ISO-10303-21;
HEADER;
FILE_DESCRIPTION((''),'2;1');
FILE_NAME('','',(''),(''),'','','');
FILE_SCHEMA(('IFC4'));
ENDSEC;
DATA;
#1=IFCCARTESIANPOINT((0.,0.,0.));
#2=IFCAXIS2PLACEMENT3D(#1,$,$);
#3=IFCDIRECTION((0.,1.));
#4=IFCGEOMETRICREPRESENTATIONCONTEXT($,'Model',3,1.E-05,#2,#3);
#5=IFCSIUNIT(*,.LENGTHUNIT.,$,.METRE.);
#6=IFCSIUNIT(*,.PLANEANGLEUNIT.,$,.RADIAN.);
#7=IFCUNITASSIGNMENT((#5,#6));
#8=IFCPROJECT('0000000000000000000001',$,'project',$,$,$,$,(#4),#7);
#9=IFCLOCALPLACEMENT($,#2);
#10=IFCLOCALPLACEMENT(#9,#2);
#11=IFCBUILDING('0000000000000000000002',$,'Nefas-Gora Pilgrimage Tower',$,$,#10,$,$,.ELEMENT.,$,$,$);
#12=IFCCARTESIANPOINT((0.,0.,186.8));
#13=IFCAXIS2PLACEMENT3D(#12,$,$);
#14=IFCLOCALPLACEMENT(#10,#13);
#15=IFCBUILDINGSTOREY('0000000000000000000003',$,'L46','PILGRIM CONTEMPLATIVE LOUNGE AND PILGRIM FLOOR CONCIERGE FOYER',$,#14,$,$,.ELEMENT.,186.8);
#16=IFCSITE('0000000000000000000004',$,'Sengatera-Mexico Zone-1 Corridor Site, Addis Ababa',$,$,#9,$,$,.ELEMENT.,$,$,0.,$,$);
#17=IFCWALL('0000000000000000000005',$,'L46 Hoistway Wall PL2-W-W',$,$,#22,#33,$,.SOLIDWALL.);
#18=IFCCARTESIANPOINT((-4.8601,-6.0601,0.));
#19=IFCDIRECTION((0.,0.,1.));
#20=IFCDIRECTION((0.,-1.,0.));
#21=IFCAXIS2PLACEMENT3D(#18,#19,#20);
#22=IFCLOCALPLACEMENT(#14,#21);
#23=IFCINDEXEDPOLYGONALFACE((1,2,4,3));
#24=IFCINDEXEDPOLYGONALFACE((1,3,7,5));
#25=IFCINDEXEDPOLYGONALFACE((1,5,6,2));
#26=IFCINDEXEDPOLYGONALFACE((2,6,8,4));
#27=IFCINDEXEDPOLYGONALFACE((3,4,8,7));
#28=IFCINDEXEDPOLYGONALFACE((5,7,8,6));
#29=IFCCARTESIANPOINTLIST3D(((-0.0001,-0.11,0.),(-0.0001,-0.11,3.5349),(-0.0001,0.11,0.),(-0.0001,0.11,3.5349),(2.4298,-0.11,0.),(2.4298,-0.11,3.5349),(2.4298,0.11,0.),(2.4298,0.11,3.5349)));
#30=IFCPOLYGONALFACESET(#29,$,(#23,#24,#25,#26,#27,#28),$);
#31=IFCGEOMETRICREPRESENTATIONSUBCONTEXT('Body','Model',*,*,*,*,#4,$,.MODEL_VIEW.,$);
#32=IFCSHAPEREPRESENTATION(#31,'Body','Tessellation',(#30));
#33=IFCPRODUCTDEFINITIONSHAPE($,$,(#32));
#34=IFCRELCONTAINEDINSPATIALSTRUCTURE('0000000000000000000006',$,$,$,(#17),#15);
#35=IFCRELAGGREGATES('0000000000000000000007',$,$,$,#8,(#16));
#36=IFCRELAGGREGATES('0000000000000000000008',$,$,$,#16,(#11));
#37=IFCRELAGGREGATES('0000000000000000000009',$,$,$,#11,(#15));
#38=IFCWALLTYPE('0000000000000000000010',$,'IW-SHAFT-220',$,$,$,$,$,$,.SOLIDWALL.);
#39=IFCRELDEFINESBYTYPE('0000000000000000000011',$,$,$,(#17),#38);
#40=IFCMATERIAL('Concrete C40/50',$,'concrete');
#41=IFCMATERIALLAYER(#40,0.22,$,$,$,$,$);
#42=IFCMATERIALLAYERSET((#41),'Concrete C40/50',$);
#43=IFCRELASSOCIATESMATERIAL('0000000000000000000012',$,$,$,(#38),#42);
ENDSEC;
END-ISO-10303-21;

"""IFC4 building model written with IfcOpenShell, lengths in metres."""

from ifc_helpers import new_model, si_unit, direction, frame, frame_2d, origin, place, context, subcontext, project, spatial, rectangle, extrude, source, transform, mapped, material, layer, layer_set, type_object, element, save


model = new_model("IFC4")

# Units and contexts
model_context = context("Model", 3, precision=1e-05, world=origin(), true_north=direction((0.0, 1.0)))
body_context = subcontext(model_context, "Body", "Model", "MODEL_VIEW")
ifc_project = project(units=[si_unit("LENGTHUNIT", "METRE"), si_unit("PLANEANGLEUNIT", "RADIAN")], contexts=[model_context])

# Site, building, storey
site_placement = place(None, origin())
site = spatial("IfcSite", under=ifc_project, at=site_placement, Name="Sengatera-Mexico Zone-1 Corridor Site, Addis Ababa", CompositionType="ELEMENT", RefElevation=0.0)
building_placement = place(site_placement, origin())
building = spatial("IfcBuilding", under=site, at=building_placement, Name="Nefas-Gora Pilgrimage Tower", CompositionType="ELEMENT")
storey_placement = place(building_placement, frame((0.0, 0.0, 186.8)))
storey = spatial("IfcBuildingStorey", under=building, at=storey_placement, Name="L46", Description="PILGRIM CONTEMPLATIVE LOUNGE AND PILGRIM FLOOR CONCIERGE FOYER", CompositionType="ELEMENT", Elevation=186.8)

# Wall
ifc_material_1 = material(Name="Concrete C40/50", Category="concrete")
ifc_layer_1 = layer(ifc_material_1, 0.22)
ifc_layer_set_1 = layer_set([ifc_layer_1], Name="Concrete C40/50")
wall_type_1 = type_object("IfcWallType", Name="IW-SHAFT-220", PredefinedType="SOLIDWALL", material=ifc_layer_set_1)
shared_shape_1 = source(origin(), body_context, "Body", "SweptSolid", [
    extrude(rectangle(XDim=2.4299, YDim=0.22, at=frame_2d((1.2148, 0.0))), origin(), (0.0, 0.0, 1.0), 3.5349),
])
wall_1_placement = place(storey_placement, frame((-4.8601, -6.0601, 0.0), z_axis=(0.0, 0.0, 1.0), x_axis=(0.0, -1.0, 0.0)))
element("IfcWall", 1, at=wall_1_placement, inside=storey, type_object=wall_type_1, Name="L46 Hoistway Wall PL2-W-W", PredefinedType="SOLIDWALL", context=body_context, shape_type="MappedRepresentation", body=[
    mapped(shared_shape_1, transform((0.0, 0.0, 0.0), x_axis=(1.0, 0.0, 0.0), y_axis=(0.0, 1.0, 0.0), z_axis=(0.0, 0.0, 1.0), scale=1.0)),
])

save(model, "model.ifc")
